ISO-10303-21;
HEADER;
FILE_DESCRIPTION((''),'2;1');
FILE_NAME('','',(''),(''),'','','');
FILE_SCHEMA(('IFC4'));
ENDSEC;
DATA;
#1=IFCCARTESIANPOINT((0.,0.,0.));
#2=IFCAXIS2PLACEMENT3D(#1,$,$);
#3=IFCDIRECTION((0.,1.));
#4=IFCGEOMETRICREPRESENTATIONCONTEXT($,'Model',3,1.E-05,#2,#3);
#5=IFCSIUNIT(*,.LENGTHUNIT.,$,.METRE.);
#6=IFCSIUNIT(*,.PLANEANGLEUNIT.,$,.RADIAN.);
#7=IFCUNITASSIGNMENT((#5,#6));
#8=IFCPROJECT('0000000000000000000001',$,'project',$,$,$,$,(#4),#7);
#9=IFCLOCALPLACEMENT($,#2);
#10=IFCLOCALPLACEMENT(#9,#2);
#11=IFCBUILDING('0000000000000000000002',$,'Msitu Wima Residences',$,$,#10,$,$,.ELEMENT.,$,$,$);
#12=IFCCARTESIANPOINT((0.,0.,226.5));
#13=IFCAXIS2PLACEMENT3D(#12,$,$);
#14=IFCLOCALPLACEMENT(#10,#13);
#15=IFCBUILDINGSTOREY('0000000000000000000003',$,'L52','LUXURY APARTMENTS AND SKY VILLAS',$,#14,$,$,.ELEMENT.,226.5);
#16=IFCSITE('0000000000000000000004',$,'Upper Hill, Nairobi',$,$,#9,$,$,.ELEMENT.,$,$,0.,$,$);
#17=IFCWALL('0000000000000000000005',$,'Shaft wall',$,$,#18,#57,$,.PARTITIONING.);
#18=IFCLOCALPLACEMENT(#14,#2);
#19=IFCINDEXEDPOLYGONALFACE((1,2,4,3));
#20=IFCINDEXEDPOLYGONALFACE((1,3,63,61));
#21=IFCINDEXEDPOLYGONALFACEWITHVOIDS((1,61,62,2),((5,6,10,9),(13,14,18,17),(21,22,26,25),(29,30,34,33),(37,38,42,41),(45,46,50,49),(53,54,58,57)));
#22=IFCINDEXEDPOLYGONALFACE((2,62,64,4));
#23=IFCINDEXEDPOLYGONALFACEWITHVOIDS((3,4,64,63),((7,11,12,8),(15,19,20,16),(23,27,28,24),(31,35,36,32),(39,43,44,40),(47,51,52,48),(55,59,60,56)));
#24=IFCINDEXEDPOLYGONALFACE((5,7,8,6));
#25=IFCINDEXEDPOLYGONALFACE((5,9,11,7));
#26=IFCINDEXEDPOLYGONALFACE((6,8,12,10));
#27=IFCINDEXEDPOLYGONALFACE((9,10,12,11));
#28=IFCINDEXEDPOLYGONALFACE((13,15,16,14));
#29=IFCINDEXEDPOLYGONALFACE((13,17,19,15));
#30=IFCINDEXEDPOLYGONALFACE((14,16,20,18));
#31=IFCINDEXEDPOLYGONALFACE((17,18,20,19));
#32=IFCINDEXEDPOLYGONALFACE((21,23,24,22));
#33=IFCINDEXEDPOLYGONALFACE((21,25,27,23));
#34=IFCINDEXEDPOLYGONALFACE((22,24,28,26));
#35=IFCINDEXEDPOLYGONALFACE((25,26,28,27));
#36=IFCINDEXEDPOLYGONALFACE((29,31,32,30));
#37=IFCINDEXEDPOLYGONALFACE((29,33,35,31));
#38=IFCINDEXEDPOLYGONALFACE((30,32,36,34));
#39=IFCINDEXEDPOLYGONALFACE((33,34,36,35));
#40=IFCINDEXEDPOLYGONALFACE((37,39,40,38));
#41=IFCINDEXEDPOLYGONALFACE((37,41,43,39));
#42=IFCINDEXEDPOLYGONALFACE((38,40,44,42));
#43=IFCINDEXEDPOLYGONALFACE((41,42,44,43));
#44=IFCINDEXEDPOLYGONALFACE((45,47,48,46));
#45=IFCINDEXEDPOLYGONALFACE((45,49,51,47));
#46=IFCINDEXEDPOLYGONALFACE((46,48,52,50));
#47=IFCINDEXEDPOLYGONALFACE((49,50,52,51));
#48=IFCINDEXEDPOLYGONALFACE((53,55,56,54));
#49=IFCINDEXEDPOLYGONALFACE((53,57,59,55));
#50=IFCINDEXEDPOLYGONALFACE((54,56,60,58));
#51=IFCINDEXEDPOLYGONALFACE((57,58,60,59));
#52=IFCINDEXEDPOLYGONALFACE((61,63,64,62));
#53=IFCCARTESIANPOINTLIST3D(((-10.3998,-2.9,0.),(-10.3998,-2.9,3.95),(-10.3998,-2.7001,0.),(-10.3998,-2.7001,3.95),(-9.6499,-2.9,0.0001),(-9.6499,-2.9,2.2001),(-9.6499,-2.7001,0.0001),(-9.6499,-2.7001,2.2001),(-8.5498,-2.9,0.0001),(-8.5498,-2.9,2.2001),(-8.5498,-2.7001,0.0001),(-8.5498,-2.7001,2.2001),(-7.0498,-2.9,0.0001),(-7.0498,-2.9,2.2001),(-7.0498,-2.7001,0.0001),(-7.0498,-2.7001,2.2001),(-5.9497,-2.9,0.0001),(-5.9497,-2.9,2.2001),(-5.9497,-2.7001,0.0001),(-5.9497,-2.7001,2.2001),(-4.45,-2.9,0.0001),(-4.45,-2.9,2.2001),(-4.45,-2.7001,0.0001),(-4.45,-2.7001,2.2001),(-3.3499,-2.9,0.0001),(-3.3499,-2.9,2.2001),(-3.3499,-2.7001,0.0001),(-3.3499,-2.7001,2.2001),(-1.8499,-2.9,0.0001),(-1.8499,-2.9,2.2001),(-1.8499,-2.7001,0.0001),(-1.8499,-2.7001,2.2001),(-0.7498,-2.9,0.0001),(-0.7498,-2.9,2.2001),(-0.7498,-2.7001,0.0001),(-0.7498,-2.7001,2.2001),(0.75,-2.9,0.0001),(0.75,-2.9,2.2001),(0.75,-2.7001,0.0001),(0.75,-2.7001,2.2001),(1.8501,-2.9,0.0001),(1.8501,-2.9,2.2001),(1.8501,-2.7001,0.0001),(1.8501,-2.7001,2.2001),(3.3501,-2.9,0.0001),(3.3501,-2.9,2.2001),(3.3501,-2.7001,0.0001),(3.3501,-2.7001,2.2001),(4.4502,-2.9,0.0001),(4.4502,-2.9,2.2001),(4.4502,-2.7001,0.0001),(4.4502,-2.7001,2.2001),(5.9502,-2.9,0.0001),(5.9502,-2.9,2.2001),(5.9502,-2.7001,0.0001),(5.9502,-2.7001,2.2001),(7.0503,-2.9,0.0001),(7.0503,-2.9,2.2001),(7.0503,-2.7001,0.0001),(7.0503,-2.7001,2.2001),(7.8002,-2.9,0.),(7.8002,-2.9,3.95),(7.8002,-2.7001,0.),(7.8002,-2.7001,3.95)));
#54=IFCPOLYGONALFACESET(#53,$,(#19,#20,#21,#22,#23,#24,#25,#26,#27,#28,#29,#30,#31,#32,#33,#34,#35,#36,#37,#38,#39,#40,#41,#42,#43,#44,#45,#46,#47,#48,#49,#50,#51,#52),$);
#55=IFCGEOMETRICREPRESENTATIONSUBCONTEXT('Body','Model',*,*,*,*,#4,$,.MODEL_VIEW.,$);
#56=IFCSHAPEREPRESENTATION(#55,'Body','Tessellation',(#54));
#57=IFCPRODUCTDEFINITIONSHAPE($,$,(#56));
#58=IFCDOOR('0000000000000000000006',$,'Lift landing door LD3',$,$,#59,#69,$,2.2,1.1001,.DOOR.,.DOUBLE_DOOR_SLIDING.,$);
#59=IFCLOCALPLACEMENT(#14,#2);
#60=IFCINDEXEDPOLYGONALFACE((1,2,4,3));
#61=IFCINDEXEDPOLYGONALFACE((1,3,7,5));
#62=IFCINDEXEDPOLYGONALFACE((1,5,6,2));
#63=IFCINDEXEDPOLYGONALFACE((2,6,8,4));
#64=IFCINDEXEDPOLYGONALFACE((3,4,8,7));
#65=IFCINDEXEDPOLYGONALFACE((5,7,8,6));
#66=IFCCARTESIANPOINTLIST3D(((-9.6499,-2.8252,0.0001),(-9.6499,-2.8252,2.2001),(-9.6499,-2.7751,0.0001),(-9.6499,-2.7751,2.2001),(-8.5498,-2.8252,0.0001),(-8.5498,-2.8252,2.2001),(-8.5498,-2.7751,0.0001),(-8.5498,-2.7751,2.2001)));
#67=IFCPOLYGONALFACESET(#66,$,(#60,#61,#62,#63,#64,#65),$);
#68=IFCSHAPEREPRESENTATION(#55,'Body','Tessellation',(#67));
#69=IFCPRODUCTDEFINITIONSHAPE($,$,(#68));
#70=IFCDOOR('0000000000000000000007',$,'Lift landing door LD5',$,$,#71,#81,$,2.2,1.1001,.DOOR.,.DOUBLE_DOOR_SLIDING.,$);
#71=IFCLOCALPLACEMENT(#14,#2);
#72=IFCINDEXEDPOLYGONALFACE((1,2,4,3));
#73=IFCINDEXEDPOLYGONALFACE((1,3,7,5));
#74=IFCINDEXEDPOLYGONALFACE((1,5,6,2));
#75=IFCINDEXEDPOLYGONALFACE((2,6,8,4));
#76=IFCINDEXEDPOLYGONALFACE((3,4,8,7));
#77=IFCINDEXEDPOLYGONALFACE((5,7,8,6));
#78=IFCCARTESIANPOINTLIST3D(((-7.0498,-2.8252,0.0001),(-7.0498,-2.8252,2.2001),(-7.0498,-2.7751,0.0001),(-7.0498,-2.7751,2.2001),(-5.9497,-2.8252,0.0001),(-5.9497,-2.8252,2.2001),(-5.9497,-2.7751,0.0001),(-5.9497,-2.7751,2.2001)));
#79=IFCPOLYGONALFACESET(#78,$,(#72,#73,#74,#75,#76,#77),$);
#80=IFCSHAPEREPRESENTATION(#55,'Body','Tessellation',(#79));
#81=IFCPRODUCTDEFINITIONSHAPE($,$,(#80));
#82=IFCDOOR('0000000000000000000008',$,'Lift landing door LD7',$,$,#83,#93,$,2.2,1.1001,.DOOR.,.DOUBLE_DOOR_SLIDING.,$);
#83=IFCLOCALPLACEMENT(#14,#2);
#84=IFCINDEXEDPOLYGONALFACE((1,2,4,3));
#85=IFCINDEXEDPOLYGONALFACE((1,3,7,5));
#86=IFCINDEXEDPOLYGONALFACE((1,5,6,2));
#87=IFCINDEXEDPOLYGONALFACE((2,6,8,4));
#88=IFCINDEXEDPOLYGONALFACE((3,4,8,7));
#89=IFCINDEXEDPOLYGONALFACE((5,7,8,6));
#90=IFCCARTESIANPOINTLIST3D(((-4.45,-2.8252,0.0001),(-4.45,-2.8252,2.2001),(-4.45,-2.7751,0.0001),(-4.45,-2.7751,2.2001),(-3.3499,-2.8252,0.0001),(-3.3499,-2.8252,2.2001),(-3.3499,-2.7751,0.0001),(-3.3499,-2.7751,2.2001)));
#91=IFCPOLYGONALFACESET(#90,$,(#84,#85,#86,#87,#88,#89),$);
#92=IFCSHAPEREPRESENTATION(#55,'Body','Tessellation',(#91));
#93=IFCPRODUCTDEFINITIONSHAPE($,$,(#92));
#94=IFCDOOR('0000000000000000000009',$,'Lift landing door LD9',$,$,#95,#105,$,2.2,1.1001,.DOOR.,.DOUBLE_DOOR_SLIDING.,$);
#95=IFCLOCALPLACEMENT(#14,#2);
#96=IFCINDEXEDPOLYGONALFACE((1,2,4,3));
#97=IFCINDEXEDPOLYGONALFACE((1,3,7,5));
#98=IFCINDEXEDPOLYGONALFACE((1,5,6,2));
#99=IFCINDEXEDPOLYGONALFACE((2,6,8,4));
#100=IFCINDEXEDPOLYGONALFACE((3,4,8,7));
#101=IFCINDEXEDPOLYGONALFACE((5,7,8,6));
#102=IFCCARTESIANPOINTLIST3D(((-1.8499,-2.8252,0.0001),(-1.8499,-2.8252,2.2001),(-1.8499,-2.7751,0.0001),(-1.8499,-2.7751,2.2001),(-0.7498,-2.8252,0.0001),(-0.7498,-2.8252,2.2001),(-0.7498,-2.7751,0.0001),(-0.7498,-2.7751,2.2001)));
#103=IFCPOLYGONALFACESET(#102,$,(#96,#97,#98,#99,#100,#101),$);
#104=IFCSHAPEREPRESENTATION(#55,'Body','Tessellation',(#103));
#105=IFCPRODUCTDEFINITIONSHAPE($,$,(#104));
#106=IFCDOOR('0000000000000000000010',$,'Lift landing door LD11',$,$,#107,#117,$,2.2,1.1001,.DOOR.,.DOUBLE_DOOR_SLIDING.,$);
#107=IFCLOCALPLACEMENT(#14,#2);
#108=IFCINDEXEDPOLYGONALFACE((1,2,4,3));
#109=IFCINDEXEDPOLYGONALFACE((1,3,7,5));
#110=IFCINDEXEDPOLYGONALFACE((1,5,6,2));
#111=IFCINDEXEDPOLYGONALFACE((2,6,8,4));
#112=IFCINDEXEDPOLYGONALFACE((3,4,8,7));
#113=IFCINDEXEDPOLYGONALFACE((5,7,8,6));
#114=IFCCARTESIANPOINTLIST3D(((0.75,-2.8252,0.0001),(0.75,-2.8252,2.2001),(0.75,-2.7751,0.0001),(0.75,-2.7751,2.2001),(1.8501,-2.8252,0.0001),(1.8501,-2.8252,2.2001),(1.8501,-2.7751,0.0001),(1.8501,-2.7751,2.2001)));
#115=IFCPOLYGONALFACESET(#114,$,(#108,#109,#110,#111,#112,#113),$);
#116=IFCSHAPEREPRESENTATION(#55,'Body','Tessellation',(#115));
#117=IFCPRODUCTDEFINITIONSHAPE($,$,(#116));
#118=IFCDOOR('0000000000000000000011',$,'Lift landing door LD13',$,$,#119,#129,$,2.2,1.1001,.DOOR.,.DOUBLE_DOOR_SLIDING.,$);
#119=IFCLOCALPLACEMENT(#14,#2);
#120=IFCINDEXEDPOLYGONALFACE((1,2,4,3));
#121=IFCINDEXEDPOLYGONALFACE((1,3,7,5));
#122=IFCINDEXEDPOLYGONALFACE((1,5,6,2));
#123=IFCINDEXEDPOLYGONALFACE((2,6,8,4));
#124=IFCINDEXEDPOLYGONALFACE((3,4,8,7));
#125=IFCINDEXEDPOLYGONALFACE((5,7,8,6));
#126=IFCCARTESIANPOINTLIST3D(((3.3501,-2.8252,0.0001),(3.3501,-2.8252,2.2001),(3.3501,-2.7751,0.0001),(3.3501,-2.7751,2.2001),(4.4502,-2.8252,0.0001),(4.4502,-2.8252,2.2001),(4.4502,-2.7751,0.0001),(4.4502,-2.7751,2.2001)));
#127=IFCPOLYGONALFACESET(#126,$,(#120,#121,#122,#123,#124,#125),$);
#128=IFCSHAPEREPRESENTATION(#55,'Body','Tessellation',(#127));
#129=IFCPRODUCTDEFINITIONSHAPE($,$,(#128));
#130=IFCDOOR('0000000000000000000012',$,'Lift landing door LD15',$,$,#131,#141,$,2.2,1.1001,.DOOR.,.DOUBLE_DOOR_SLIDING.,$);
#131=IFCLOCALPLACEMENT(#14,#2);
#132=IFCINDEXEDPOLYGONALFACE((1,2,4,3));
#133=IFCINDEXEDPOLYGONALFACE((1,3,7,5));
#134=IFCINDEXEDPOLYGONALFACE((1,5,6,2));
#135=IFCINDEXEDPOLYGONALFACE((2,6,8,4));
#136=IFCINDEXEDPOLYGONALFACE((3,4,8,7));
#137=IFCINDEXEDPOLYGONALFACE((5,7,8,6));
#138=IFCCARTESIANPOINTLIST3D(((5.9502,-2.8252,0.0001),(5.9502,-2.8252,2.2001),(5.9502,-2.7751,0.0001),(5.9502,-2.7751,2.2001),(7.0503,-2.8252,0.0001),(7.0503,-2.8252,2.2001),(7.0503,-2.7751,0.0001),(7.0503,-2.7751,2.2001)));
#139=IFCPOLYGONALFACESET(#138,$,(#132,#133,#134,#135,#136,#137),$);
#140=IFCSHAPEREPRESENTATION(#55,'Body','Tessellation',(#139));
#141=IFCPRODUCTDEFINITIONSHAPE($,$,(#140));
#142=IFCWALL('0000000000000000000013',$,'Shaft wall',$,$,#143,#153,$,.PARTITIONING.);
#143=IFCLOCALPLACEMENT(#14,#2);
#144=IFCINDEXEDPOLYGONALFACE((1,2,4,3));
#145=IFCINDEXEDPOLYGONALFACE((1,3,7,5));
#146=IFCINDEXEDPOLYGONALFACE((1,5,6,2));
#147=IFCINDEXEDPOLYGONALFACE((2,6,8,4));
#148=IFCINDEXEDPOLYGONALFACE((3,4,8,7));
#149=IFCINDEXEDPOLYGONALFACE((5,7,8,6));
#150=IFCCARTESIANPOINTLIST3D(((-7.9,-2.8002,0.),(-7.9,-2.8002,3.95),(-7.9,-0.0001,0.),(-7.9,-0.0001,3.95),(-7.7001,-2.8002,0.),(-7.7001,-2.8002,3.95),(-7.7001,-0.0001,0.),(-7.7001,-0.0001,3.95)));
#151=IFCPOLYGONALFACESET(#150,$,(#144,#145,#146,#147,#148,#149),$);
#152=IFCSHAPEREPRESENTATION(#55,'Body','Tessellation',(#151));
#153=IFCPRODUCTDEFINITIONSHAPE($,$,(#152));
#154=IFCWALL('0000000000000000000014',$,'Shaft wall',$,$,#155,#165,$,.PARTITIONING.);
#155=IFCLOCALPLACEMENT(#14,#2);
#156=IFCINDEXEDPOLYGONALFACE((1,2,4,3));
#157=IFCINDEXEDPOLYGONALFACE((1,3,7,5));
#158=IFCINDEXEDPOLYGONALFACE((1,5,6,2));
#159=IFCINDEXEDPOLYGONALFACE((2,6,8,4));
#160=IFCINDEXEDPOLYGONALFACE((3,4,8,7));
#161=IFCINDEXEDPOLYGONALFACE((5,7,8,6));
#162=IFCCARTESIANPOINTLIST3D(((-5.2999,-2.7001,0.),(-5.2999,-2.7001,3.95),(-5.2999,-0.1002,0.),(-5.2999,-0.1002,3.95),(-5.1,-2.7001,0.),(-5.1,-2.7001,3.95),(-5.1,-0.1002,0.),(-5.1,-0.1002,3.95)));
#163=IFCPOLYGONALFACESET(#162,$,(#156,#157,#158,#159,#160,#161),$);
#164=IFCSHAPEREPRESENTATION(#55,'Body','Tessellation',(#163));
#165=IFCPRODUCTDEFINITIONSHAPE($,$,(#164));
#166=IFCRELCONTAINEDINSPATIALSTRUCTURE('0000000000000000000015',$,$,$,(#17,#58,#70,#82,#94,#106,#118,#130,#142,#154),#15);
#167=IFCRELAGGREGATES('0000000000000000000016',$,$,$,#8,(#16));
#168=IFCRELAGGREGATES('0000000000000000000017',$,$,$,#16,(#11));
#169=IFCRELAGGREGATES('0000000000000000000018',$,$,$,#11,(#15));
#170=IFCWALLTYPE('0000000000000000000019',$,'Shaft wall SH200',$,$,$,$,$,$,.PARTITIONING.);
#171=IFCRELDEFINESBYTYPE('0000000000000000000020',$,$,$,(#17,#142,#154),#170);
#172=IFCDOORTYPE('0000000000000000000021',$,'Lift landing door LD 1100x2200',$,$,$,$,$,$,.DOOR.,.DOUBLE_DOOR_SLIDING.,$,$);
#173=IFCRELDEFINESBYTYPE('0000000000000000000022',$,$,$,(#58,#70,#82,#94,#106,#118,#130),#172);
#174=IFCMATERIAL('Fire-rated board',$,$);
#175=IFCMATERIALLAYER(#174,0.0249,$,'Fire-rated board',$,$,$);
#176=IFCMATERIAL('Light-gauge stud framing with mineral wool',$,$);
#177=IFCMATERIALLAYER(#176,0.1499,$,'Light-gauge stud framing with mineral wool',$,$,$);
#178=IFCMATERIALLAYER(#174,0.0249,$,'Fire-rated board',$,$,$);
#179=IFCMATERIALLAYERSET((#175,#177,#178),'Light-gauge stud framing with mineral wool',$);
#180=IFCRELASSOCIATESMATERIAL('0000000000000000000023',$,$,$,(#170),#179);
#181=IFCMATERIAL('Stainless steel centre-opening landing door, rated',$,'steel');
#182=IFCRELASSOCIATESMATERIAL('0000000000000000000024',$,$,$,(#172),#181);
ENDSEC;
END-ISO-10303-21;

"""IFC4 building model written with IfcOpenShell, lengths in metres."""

from ifc_helpers import new_model, si_unit, direction, frame, frame_2d, origin, place, context, subcontext, project, spatial, rectangle, extrude, material, layer, layer_set, type_object, element, fill, save


model = new_model("IFC4")

# Units and contexts
model_context = context("Model", 3, precision=1e-05, world=origin(), true_north=direction((0.0, 1.0)))
body_context = subcontext(model_context, "Body", "Model", "MODEL_VIEW")
ifc_project = project(units=[si_unit("LENGTHUNIT", "METRE"), si_unit("PLANEANGLEUNIT", "RADIAN")], contexts=[model_context])

# Site, building, storey
site_placement = place(None, origin())
site = spatial("IfcSite", under=ifc_project, at=site_placement, Name="Upper Hill, Nairobi", CompositionType="ELEMENT", RefElevation=0.0)
building_placement = place(site_placement, origin())
building = spatial("IfcBuilding", under=site, at=building_placement, Name="Msitu Wima Residences", CompositionType="ELEMENT")
storey_placement = place(building_placement, frame((0.0, 0.0, 226.5)))
storey = spatial("IfcBuildingStorey", under=building, at=storey_placement, Name="L52", Description="LUXURY APARTMENTS AND SKY VILLAS", CompositionType="ELEMENT", Elevation=226.5)

# Shared definitions
ifc_material_1 = material(Name="Fire-rated board")
ifc_layer_1 = layer(ifc_material_1, 0.0249, Name="Fire-rated board")
ifc_material_2 = material(Name="Light-gauge stud framing with mineral wool")
ifc_layer_2 = layer(ifc_material_2, 0.1499, Name="Light-gauge stud framing with mineral wool")
ifc_layer_3 = layer(ifc_material_1, 0.0249, Name="Fire-rated board")
ifc_layer_set_1 = layer_set([ifc_layer_1, ifc_layer_2, ifc_layer_3], Name="Light-gauge stud framing with mineral wool")
wall_type_1 = type_object("IfcWallType", Name="Shaft wall SH200", PredefinedType="PARTITIONING", material=ifc_layer_set_1)

# Wall, openings, doors
wall_1_placement = place(storey_placement, frame((-10.3999, -2.8, 0.0), z_axis=(0.0, 0.0, 1.0), x_axis=(1.0, 0.0, 0.0)))
wall_1 = element("IfcWall", 1, at=wall_1_placement, inside=storey, type_object=wall_type_1, Name="Shaft wall", PredefinedType="PARTITIONING", context=body_context, shape_type="SweptSolid", body=[
    extrude(rectangle(XDim=18.2, YDim=0.2, at=frame_2d((9.1001, 0.0))), origin(), (0.0, 0.0, 1.0), 3.95),
])
opening_1_placement = place(wall_1_placement, frame((0.75, 0.0, 0.0)))
opening_1 = element("IfcOpeningElement", 2, at=opening_1_placement, cuts=wall_1, PredefinedType="OPENING", context=body_context, shape_type="SweptSolid", body=[
    extrude(rectangle(XDim=1.1001, YDim=2.2, at=frame_2d((0.55, 1.1001))), frame((0.0, 0.1099, 0.0), z_axis=(0.0, -1.0, 0.0), x_axis=(1.0, 0.0, 0.0)), (0.0, 0.0, 1.0), 0.22),
])
opening_2_placement = place(wall_1_placement, frame((3.3501, 0.0, 0.0)))
opening_2 = element("IfcOpeningElement", 3, at=opening_2_placement, cuts=wall_1, PredefinedType="OPENING", context=body_context, shape_type="SweptSolid", body=[
    extrude(rectangle(XDim=1.1001, YDim=2.2, at=frame_2d((0.55, 1.1001))), frame((0.0, 0.1099, 0.0), z_axis=(0.0, -1.0, 0.0), x_axis=(1.0, 0.0, 0.0)), (0.0, 0.0, 1.0), 0.22),
])
opening_3_placement = place(wall_1_placement, frame((5.95, 0.0, 0.0)))
opening_3 = element("IfcOpeningElement", 4, at=opening_3_placement, cuts=wall_1, PredefinedType="OPENING", context=body_context, shape_type="SweptSolid", body=[
    extrude(rectangle(XDim=1.1001, YDim=2.2, at=frame_2d((0.55, 1.1001))), frame((0.0, 0.1099, 0.0), z_axis=(0.0, -1.0, 0.0), x_axis=(1.0, 0.0, 0.0)), (0.0, 0.0, 1.0), 0.22),
])
opening_4_placement = place(wall_1_placement, frame((8.55, 0.0, 0.0)))
opening_4 = element("IfcOpeningElement", 5, at=opening_4_placement, cuts=wall_1, PredefinedType="OPENING", context=body_context, shape_type="SweptSolid", body=[
    extrude(rectangle(XDim=1.1001, YDim=2.2, at=frame_2d((0.55, 1.1001))), frame((0.0, 0.1099, 0.0), z_axis=(0.0, -1.0, 0.0), x_axis=(1.0, 0.0, 0.0)), (0.0, 0.0, 1.0), 0.22),
])
opening_5_placement = place(wall_1_placement, frame((11.1499, 0.0, 0.0)))
opening_5 = element("IfcOpeningElement", 6, at=opening_5_placement, cuts=wall_1, PredefinedType="OPENING", context=body_context, shape_type="SweptSolid", body=[
    extrude(rectangle(XDim=1.1001, YDim=2.2, at=frame_2d((0.55, 1.1001))), frame((0.0, 0.1099, 0.0), z_axis=(0.0, -1.0, 0.0), x_axis=(1.0, 0.0, 0.0)), (0.0, 0.0, 1.0), 0.22),
])
opening_6_placement = place(wall_1_placement, frame((13.75, 0.0, 0.0)))
opening_6 = element("IfcOpeningElement", 7, at=opening_6_placement, cuts=wall_1, PredefinedType="OPENING", context=body_context, shape_type="SweptSolid", body=[
    extrude(rectangle(XDim=1.1001, YDim=2.2, at=frame_2d((0.55, 1.1001))), frame((0.0, 0.1099, 0.0), z_axis=(0.0, -1.0, 0.0), x_axis=(1.0, 0.0, 0.0)), (0.0, 0.0, 1.0), 0.22),
])
opening_7_placement = place(wall_1_placement, frame((16.3501, 0.0, 0.0)))
opening_7 = element("IfcOpeningElement", 8, at=opening_7_placement, cuts=wall_1, PredefinedType="OPENING", context=body_context, shape_type="SweptSolid", body=[
    extrude(rectangle(XDim=1.1001, YDim=2.2, at=frame_2d((0.55, 1.1001))), frame((0.0, 0.1099, 0.0), z_axis=(0.0, -1.0, 0.0), x_axis=(1.0, 0.0, 0.0)), (0.0, 0.0, 1.0), 0.22),
])
ifc_material_3 = material(Name="Stainless steel centre-opening landing door, rated", Category="steel")
door_type_1 = type_object("IfcDoorType", Name="Lift landing door LD 1100x2200", OperationType="DOUBLE_DOOR_SLIDING", PredefinedType="DOOR", material=ifc_material_3)
door_1_placement = place(opening_1_placement, origin())
door_1 = element("IfcDoor", 9, at=door_1_placement, inside=storey, type_object=door_type_1, Name="Lift landing door LD3", OperationType="DOUBLE_DOOR_SLIDING", OverallHeight=2.2, OverallWidth=1.1001, PredefinedType="DOOR", context=body_context, shape_type="SweptSolid", body=[
    extrude(rectangle(XDim=1.1001, YDim=2.2, at=frame_2d((0.55, 1.1001))), frame((0.0, 0.0249, 0.0), z_axis=(0.0, -1.0, 0.0), x_axis=(1.0, 0.0, 0.0)), (0.0, 0.0, 1.0), 0.05),
])
fill(opening_1, door_1)
door_2_placement = place(opening_2_placement, origin())
door_2 = element("IfcDoor", 10, at=door_2_placement, inside=storey, type_object=door_type_1, Name="Lift landing door LD5", OperationType="DOUBLE_DOOR_SLIDING", OverallHeight=2.2, OverallWidth=1.1001, PredefinedType="DOOR", context=body_context, shape_type="SweptSolid", body=[
    extrude(rectangle(XDim=1.1001, YDim=2.2, at=frame_2d((0.55, 1.1001))), frame((0.0, 0.0249, 0.0), z_axis=(0.0, -1.0, 0.0), x_axis=(1.0, 0.0, 0.0)), (0.0, 0.0, 1.0), 0.05),
])
fill(opening_2, door_2)
door_3_placement = place(opening_3_placement, origin())
door_3 = element("IfcDoor", 11, at=door_3_placement, inside=storey, type_object=door_type_1, Name="Lift landing door LD7", OperationType="DOUBLE_DOOR_SLIDING", OverallHeight=2.2, OverallWidth=1.1001, PredefinedType="DOOR", context=body_context, shape_type="SweptSolid", body=[
    extrude(rectangle(XDim=1.1001, YDim=2.2, at=frame_2d((0.55, 1.1001))), frame((0.0, 0.0249, 0.0), z_axis=(0.0, -1.0, 0.0), x_axis=(1.0, 0.0, 0.0)), (0.0, 0.0, 1.0), 0.05),
])
fill(opening_3, door_3)
door_4_placement = place(opening_4_placement, origin())
door_4 = element("IfcDoor", 12, at=door_4_placement, inside=storey, type_object=door_type_1, Name="Lift landing door LD9", OperationType="DOUBLE_DOOR_SLIDING", OverallHeight=2.2, OverallWidth=1.1001, PredefinedType="DOOR", context=body_context, shape_type="SweptSolid", body=[
    extrude(rectangle(XDim=1.1001, YDim=2.2, at=frame_2d((0.55, 1.1001))), frame((0.0, 0.0249, 0.0), z_axis=(0.0, -1.0, 0.0), x_axis=(1.0, 0.0, 0.0)), (0.0, 0.0, 1.0), 0.05),
])
fill(opening_4, door_4)
door_5_placement = place(opening_5_placement, origin())
door_5 = element("IfcDoor", 13, at=door_5_placement, inside=storey, type_object=door_type_1, Name="Lift landing door LD11", OperationType="DOUBLE_DOOR_SLIDING", OverallHeight=2.2, OverallWidth=1.1001, PredefinedType="DOOR", context=body_context, shape_type="SweptSolid", body=[
    extrude(rectangle(XDim=1.1001, YDim=2.2, at=frame_2d((0.55, 1.1001))), frame((0.0, 0.0249, 0.0), z_axis=(0.0, -1.0, 0.0), x_axis=(1.0, 0.0, 0.0)), (0.0, 0.0, 1.0), 0.05),
])
fill(opening_5, door_5)
door_6_placement = place(opening_6_placement, origin())
door_6 = element("IfcDoor", 14, at=door_6_placement, inside=storey, type_object=door_type_1, Name="Lift landing door LD13", OperationType="DOUBLE_DOOR_SLIDING", OverallHeight=2.2, OverallWidth=1.1001, PredefinedType="DOOR", context=body_context, shape_type="SweptSolid", body=[
    extrude(rectangle(XDim=1.1001, YDim=2.2, at=frame_2d((0.55, 1.1001))), frame((0.0, 0.0249, 0.0), z_axis=(0.0, -1.0, 0.0), x_axis=(1.0, 0.0, 0.0)), (0.0, 0.0, 1.0), 0.05),
])
fill(opening_6, door_6)
door_7_placement = place(opening_7_placement, origin())
door_7 = element("IfcDoor", 15, at=door_7_placement, inside=storey, type_object=door_type_1, Name="Lift landing door LD15", OperationType="DOUBLE_DOOR_SLIDING", OverallHeight=2.2, OverallWidth=1.1001, PredefinedType="DOOR", context=body_context, shape_type="SweptSolid", body=[
    extrude(rectangle(XDim=1.1001, YDim=2.2, at=frame_2d((0.55, 1.1001))), frame((0.0, 0.0249, 0.0), z_axis=(0.0, -1.0, 0.0), x_axis=(1.0, 0.0, 0.0)), (0.0, 0.0, 1.0), 0.05),
])
fill(opening_7, door_7)

# Walls
wall_2_placement = place(storey_placement, frame((-7.8, -2.8, 0.0), z_axis=(0.0, 0.0, 1.0), x_axis=(0.0, 1.0, 0.0)))
element("IfcWall", 16, at=wall_2_placement, inside=storey, type_object=wall_type_1, Name="Shaft wall", PredefinedType="PARTITIONING", context=body_context, shape_type="SweptSolid", body=[
    extrude(rectangle(XDim=2.8, YDim=0.2, at=frame_2d((1.3999, 0.0))), origin(), (0.0, 0.0, 1.0), 3.95),
])
for number, where, z_axis, x_axis, name in (
    (17, (-5.2, -2.7, 0.0), (0.0, 0.0, 1.0), (0.0, 1.0, 0.0), "Shaft wall"),
):
    element("IfcWall", number, at=place(storey_placement, frame(where, z_axis=z_axis, x_axis=x_axis)), inside=storey, type_object=wall_type_1, Name=name, PredefinedType="PARTITIONING", context=body_context, shape_type="SweptSolid", body=[
        extrude(rectangle(XDim=2.5999, YDim=0.2, at=frame_2d((1.2998, 0.0))), origin(), (0.0, 0.0, 1.0), 3.95),
    ])

save(model, "model.ifc")
